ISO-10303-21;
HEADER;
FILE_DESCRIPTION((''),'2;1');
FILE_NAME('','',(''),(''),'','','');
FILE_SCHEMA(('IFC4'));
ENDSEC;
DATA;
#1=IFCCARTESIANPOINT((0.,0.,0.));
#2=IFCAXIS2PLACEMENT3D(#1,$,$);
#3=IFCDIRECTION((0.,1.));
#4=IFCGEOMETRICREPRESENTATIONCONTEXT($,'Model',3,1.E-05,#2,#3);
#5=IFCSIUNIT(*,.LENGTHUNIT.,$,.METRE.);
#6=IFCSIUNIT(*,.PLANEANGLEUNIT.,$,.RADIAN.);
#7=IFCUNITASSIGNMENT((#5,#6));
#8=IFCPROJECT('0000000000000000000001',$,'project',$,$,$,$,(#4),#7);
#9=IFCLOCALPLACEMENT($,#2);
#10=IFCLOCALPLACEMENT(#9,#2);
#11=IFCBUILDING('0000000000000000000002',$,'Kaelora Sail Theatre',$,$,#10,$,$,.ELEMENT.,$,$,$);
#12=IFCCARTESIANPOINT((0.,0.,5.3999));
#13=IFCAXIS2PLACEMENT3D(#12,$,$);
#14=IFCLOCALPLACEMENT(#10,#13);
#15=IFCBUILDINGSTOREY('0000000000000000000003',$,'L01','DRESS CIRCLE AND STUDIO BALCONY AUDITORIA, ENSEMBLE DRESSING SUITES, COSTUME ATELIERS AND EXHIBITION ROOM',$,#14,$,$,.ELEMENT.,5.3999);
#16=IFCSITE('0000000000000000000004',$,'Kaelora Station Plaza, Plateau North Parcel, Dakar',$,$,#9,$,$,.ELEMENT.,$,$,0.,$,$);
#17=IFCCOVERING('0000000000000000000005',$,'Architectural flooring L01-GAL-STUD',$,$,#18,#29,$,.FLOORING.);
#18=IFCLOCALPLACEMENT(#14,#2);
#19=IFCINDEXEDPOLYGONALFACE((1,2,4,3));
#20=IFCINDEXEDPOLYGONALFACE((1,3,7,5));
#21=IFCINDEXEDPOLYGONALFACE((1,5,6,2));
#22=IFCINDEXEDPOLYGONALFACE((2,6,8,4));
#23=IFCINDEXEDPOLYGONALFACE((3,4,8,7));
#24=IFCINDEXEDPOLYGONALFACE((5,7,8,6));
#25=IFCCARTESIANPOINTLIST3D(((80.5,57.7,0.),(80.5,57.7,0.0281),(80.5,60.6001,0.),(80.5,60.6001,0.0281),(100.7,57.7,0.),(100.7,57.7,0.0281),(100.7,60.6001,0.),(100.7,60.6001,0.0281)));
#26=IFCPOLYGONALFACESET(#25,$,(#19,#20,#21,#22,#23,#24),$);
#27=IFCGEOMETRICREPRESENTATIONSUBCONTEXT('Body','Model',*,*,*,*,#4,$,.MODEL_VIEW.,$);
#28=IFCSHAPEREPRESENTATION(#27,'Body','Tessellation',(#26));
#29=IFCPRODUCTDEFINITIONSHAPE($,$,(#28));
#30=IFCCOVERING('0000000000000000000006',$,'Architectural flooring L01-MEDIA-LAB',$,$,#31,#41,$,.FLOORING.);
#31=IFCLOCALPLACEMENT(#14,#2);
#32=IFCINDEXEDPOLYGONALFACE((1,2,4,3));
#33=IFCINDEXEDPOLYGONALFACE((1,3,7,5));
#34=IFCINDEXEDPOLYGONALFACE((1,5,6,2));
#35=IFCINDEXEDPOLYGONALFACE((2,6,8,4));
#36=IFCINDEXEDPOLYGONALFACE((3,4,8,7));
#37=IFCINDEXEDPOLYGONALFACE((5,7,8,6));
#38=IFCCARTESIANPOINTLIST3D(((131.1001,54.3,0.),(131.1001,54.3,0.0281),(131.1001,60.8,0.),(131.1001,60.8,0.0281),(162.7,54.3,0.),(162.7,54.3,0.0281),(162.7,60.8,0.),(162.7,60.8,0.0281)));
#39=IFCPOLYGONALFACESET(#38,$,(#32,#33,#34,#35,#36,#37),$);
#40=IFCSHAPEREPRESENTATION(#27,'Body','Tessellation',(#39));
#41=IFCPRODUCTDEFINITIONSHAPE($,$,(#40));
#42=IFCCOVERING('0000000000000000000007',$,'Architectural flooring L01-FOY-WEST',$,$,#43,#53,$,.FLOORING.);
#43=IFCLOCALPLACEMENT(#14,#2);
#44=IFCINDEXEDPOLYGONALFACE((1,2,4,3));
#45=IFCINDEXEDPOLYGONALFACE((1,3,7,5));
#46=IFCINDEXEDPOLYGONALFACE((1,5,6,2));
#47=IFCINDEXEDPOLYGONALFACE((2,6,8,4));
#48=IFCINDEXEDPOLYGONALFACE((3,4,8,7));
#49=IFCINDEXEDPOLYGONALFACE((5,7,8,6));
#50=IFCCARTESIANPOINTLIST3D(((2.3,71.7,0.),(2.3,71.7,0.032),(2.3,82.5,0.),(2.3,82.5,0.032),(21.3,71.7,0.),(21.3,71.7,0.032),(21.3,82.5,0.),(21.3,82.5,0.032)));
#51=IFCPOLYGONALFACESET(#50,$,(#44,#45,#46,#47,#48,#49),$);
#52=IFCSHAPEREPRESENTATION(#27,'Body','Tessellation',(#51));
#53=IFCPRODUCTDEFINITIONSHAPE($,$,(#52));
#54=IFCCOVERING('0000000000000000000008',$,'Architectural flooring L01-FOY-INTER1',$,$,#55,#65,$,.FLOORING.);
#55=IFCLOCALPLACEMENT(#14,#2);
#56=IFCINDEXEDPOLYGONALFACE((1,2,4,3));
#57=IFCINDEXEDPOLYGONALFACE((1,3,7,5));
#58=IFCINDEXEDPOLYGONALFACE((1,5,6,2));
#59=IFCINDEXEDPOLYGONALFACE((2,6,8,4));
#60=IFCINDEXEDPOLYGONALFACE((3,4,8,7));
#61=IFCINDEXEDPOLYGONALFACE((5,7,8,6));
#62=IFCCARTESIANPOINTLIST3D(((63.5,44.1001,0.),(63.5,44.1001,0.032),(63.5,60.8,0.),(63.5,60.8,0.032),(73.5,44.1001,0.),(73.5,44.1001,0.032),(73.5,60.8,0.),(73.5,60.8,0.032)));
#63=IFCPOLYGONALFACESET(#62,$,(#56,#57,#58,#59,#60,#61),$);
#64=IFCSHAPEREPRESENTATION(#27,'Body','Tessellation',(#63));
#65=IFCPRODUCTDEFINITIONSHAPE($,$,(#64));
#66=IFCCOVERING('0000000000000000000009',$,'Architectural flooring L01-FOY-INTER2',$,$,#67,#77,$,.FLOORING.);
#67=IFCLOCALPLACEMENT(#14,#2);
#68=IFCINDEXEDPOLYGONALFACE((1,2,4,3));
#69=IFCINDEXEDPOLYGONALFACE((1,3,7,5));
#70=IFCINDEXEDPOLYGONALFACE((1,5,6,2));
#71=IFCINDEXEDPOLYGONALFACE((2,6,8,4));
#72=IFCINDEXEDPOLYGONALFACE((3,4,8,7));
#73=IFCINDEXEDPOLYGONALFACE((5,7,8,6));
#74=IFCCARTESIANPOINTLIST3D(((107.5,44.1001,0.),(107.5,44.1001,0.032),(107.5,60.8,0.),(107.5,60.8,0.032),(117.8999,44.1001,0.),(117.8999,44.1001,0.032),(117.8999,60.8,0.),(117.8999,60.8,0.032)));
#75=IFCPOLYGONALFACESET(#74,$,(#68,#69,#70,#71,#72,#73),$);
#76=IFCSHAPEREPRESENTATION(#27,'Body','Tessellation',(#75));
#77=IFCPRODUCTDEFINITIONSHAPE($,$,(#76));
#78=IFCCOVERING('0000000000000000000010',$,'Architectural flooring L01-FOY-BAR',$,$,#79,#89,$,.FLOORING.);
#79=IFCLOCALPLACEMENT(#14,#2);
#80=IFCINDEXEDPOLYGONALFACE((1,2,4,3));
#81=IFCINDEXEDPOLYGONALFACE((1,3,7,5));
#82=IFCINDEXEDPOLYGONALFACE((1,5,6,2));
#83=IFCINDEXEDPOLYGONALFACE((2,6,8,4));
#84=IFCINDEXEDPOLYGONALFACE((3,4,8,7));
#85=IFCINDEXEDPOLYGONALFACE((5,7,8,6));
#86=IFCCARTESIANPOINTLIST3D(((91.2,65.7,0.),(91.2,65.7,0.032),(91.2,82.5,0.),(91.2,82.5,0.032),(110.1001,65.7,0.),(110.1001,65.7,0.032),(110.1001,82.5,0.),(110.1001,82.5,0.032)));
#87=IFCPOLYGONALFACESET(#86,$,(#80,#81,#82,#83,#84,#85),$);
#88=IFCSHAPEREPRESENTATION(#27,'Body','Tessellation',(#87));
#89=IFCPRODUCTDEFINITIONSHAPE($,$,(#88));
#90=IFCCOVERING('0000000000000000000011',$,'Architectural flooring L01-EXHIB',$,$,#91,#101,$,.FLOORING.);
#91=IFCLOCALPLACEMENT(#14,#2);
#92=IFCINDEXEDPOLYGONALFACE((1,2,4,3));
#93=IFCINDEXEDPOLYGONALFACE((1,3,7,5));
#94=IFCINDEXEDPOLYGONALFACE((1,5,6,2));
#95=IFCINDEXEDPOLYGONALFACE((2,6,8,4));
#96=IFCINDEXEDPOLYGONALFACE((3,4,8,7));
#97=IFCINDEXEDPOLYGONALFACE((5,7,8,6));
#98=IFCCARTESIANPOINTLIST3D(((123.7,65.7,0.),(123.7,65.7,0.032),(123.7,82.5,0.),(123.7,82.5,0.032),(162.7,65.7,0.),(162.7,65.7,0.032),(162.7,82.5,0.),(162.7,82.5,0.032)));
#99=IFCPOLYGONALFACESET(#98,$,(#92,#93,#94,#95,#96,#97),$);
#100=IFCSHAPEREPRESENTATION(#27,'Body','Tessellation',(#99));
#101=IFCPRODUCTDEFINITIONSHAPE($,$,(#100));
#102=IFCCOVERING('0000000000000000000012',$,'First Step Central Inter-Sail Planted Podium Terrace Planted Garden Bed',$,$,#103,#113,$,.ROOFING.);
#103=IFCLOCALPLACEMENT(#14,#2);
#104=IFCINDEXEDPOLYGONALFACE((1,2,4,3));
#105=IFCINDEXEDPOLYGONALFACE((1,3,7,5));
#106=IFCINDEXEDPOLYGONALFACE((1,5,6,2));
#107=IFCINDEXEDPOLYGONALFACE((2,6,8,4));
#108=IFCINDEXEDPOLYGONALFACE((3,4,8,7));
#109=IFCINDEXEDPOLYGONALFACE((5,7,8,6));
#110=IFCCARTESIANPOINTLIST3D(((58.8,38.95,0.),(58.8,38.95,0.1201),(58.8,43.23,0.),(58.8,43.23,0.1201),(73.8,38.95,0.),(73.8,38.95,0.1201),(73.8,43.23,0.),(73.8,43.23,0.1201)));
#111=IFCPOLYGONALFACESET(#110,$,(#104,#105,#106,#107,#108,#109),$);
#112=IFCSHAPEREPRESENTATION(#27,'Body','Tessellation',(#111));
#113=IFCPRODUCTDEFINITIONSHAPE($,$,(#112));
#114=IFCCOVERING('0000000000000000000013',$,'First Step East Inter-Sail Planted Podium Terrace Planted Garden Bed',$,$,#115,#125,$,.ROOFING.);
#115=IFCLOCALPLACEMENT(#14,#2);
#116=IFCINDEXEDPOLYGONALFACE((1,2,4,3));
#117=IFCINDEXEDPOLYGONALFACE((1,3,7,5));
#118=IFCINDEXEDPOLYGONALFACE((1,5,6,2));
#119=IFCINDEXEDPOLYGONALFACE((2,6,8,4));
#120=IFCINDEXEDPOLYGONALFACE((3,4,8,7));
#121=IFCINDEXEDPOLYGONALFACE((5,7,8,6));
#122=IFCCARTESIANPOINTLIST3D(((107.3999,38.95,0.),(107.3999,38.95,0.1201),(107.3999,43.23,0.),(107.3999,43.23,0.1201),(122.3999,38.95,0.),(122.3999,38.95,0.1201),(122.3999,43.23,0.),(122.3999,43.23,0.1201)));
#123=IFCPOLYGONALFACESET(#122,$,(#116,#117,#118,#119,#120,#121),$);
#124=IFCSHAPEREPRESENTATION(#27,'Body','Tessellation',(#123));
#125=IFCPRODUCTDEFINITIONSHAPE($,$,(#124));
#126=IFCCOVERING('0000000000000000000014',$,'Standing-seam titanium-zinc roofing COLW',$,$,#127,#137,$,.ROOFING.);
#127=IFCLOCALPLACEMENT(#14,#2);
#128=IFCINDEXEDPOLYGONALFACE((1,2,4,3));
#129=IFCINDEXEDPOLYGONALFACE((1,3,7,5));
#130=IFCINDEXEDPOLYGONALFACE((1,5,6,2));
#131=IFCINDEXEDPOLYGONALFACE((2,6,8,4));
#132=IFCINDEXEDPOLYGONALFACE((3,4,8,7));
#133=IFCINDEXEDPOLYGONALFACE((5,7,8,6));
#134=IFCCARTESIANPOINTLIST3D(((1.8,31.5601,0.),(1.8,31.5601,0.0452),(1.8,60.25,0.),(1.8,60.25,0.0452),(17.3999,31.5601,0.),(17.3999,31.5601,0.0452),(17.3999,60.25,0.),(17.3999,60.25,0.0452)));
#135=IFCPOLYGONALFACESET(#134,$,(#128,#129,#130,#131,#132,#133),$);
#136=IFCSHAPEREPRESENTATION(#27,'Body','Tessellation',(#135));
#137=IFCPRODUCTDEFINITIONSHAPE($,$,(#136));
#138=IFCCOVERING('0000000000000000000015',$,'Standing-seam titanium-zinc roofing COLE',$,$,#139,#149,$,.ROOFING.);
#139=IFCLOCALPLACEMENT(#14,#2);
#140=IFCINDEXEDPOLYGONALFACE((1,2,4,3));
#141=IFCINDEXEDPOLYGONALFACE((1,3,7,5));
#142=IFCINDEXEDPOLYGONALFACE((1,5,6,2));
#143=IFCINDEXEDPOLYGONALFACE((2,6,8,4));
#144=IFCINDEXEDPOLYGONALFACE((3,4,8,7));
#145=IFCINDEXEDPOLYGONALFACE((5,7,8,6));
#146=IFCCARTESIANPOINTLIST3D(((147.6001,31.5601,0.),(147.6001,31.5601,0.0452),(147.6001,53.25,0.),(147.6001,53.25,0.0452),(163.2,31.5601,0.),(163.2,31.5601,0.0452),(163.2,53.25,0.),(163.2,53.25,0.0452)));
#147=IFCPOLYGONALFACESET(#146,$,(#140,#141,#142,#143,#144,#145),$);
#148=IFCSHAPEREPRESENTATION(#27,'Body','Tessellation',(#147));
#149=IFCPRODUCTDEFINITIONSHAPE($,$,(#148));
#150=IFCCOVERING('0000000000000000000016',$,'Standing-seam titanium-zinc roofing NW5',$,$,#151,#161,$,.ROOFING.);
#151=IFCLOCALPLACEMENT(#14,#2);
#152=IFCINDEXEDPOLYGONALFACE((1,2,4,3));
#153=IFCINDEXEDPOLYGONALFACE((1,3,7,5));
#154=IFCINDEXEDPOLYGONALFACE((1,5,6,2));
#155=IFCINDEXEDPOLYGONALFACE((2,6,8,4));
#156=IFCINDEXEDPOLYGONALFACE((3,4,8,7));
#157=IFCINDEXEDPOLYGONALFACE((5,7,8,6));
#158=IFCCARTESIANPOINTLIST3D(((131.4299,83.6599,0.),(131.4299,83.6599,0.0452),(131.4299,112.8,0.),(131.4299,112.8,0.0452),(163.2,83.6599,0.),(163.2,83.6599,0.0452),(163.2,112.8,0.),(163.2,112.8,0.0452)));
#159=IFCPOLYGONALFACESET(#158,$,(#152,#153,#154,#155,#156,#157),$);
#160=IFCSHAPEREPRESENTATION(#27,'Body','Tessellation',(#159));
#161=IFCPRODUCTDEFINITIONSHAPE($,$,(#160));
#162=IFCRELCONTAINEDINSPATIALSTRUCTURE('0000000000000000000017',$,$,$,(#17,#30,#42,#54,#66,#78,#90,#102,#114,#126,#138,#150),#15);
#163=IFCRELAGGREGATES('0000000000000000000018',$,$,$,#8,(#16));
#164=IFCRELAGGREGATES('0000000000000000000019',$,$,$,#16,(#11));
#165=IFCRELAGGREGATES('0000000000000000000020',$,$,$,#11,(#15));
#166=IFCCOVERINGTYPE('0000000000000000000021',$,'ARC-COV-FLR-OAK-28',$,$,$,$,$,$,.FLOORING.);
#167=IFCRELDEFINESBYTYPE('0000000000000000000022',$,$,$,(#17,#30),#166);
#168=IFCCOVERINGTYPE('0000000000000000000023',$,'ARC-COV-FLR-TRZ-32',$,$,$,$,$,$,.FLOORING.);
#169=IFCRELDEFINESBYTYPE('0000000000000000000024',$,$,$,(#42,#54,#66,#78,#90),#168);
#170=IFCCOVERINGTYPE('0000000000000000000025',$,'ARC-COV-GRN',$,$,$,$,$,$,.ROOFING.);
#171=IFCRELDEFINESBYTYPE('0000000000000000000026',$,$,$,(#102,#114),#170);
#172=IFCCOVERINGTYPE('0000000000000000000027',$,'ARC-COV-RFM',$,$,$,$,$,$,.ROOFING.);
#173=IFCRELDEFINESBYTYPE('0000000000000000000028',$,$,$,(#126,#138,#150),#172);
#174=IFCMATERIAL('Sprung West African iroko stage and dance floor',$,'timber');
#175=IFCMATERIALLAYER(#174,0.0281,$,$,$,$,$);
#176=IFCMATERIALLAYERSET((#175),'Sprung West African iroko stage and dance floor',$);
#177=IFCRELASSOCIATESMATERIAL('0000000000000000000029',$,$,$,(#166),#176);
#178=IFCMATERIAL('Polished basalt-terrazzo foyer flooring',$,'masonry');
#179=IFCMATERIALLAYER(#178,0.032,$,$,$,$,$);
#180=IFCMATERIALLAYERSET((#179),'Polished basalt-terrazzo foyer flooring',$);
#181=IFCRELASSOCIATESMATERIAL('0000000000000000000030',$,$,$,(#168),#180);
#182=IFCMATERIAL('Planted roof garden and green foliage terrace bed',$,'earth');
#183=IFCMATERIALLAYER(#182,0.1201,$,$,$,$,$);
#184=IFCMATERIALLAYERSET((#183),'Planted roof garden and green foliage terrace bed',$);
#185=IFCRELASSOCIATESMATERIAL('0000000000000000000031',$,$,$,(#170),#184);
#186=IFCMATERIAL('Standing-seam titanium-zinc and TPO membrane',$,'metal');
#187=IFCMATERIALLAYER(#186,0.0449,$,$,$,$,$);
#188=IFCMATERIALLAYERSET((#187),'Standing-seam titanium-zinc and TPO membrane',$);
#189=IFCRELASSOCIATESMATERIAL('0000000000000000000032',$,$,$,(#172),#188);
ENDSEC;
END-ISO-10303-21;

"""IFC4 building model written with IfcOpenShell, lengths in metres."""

from ifc_helpers import new_model, si_unit, direction, frame, origin, place, context, subcontext, project, spatial, polyline, outline, extrude, material, layer, layer_set, type_object, element, save


model = new_model("IFC4")

# Units and contexts
model_context = context("Model", 3, precision=1e-05, world=origin(), true_north=direction((0.0, 1.0)))
body_context = subcontext(model_context, "Body", "Model", "MODEL_VIEW")
ifc_project = project(units=[si_unit("LENGTHUNIT", "METRE"), si_unit("PLANEANGLEUNIT", "RADIAN")], contexts=[model_context])

# Site, building, storey
site_placement = place(None, origin())
site = spatial("IfcSite", under=ifc_project, at=site_placement, Name="Kaelora Station Plaza, Plateau North Parcel, Dakar", CompositionType="ELEMENT", RefElevation=0.0)
building_placement = place(site_placement, origin())
building = spatial("IfcBuilding", under=site, at=building_placement, Name="Kaelora Sail Theatre", CompositionType="ELEMENT")
storey_placement = place(building_placement, frame((0.0, 0.0, 5.3999)))
storey = spatial("IfcBuildingStorey", under=building, at=storey_placement, Name="L01", Description="DRESS CIRCLE AND STUDIO BALCONY AUDITORIA, ENSEMBLE DRESSING SUITES, COSTUME ATELIERS AND EXHIBITION ROOM", CompositionType="ELEMENT", Elevation=5.3999)

# Coverings
ifc_material_1 = material(Name="Sprung West African iroko stage and dance floor", Category="timber")
ifc_layer_1 = layer(ifc_material_1, 0.0281)
ifc_layer_set_1 = layer_set([ifc_layer_1], Name="Sprung West African iroko stage and dance floor")
covering_type_1 = type_object("IfcCoveringType", Name="ARC-COV-FLR-OAK-28", PredefinedType="FLOORING", material=ifc_layer_set_1)
covering_1_placement = place(storey_placement, origin())
element("IfcCovering", 1, at=covering_1_placement, inside=storey, type_object=covering_type_1, Name="Architectural flooring L01-GAL-STUD", PredefinedType="FLOORING", context=body_context, shape_type="SweptSolid", body=[
    extrude(outline(polyline([(80.5, 57.7), (100.7, 57.7), (100.7, 60.6001), (80.5, 60.6001), (80.5, 57.7)])), origin(), (0.0, 0.0, 1.0), 0.0281),
])
covering_2_placement = place(storey_placement, origin())
element("IfcCovering", 2, at=covering_2_placement, inside=storey, type_object=covering_type_1, Name="Architectural flooring L01-MEDIA-LAB", PredefinedType="FLOORING", context=body_context, shape_type="SweptSolid", body=[
    extrude(outline(polyline([(131.1001, 54.3), (162.7, 54.3), (162.7, 60.8), (131.1001, 60.8), (131.1001, 54.3)])), origin(), (0.0, 0.0, 1.0), 0.0281),
])
ifc_material_2 = material(Name="Polished basalt-terrazzo foyer flooring", Category="masonry")
ifc_layer_2 = layer(ifc_material_2, 0.032)
ifc_layer_set_2 = layer_set([ifc_layer_2], Name="Polished basalt-terrazzo foyer flooring")
covering_type_2 = type_object("IfcCoveringType", Name="ARC-COV-FLR-TRZ-32", PredefinedType="FLOORING", material=ifc_layer_set_2)
covering_3_placement = place(storey_placement, origin())
element("IfcCovering", 3, at=covering_3_placement, inside=storey, type_object=covering_type_2, Name="Architectural flooring L01-FOY-WEST", PredefinedType="FLOORING", context=body_context, shape_type="SweptSolid", body=[
    extrude(outline(polyline([(2.3, 71.7), (21.3, 71.7), (21.3, 82.5), (2.3, 82.5), (2.3, 71.7)])), origin(), (0.0, 0.0, 1.0), 0.032),
])
covering_4_placement = place(storey_placement, origin())
element("IfcCovering", 4, at=covering_4_placement, inside=storey, type_object=covering_type_2, Name="Architectural flooring L01-FOY-INTER1", PredefinedType="FLOORING", context=body_context, shape_type="SweptSolid", body=[
    extrude(outline(polyline([(63.5, 44.1001), (73.5, 44.1001), (73.5, 60.8), (63.5, 60.8), (63.5, 44.1001)])), origin(), (0.0, 0.0, 1.0), 0.032),
])
covering_5_placement = place(storey_placement, origin())
element("IfcCovering", 5, at=covering_5_placement, inside=storey, type_object=covering_type_2, Name="Architectural flooring L01-FOY-INTER2", PredefinedType="FLOORING", context=body_context, shape_type="SweptSolid", body=[
    extrude(outline(polyline([(107.5, 44.1001), (117.8999, 44.1001), (117.8999, 60.8), (107.5, 60.8), (107.5, 44.1001)])), origin(), (0.0, 0.0, 1.0), 0.032),
])
covering_6_placement = place(storey_placement, origin())
element("IfcCovering", 6, at=covering_6_placement, inside=storey, type_object=covering_type_2, Name="Architectural flooring L01-FOY-BAR", PredefinedType="FLOORING", context=body_context, shape_type="SweptSolid", body=[
    extrude(outline(polyline([(91.2, 65.7), (110.1001, 65.7), (110.1001, 82.5), (91.2, 82.5), (91.2, 65.7)])), origin(), (0.0, 0.0, 1.0), 0.032),
])
covering_7_placement = place(storey_placement, origin())
element("IfcCovering", 7, at=covering_7_placement, inside=storey, type_object=covering_type_2, Name="Architectural flooring L01-EXHIB", PredefinedType="FLOORING", context=body_context, shape_type="SweptSolid", body=[
    extrude(outline(polyline([(123.7, 65.7), (162.7, 65.7), (162.7, 82.5), (123.7, 82.5), (123.7, 65.7)])), origin(), (0.0, 0.0, 1.0), 0.032),
])
ifc_material_3 = material(Name="Planted roof garden and green foliage terrace bed", Category="earth")
ifc_layer_3 = layer(ifc_material_3, 0.1201)
ifc_layer_set_3 = layer_set([ifc_layer_3], Name="Planted roof garden and green foliage terrace bed")
covering_type_3 = type_object("IfcCoveringType", Name="ARC-COV-GRN", PredefinedType="ROOFING", material=ifc_layer_set_3)
covering_8_placement = place(storey_placement, origin())
element("IfcCovering", 8, at=covering_8_placement, inside=storey, type_object=covering_type_3, Name="First Step Central Inter-Sail Planted Podium Terrace Planted Garden Bed", PredefinedType="ROOFING", context=body_context, shape_type="SweptSolid", body=[
    extrude(outline(polyline([(58.8, 38.95), (73.8, 38.95), (73.8, 43.23), (58.8, 43.23), (58.8, 38.95)])), origin(), (0.0, 0.0, 1.0), 0.1201),
])
covering_9_placement = place(storey_placement, origin())
element("IfcCovering", 9, at=covering_9_placement, inside=storey, type_object=covering_type_3, Name="First Step East Inter-Sail Planted Podium Terrace Planted Garden Bed", PredefinedType="ROOFING", context=body_context, shape_type="SweptSolid", body=[
    extrude(outline(polyline([(107.3999, 38.95), (122.3999, 38.95), (122.3999, 43.23), (107.3999, 43.23), (107.3999, 38.95)])), origin(), (0.0, 0.0, 1.0), 0.1201),
])
ifc_material_4 = material(Name="Standing-seam titanium-zinc and TPO membrane", Category="metal")
ifc_layer_4 = layer(ifc_material_4, 0.0449)
ifc_layer_set_4 = layer_set([ifc_layer_4], Name="Standing-seam titanium-zinc and TPO membrane")
covering_type_4 = type_object("IfcCoveringType", Name="ARC-COV-RFM", PredefinedType="ROOFING", material=ifc_layer_set_4)
covering_10_placement = place(storey_placement, origin())
element("IfcCovering", 10, at=covering_10_placement, inside=storey, type_object=covering_type_4, Name="Standing-seam titanium-zinc roofing COLW", PredefinedType="ROOFING", context=body_context, shape_type="SweptSolid", body=[
    extrude(outline(polyline([(1.8, 31.5601), (17.3999, 31.5601), (17.3999, 60.25), (1.8, 60.25), (1.8, 31.5601)])), origin(), (0.0, 0.0, 1.0), 0.0452),
])
covering_11_placement = place(storey_placement, origin())
element("IfcCovering", 11, at=covering_11_placement, inside=storey, type_object=covering_type_4, Name="Standing-seam titanium-zinc roofing COLE", PredefinedType="ROOFING", context=body_context, shape_type="SweptSolid", body=[
    extrude(outline(polyline([(147.6001, 31.5601), (163.2, 31.5601), (163.2, 53.25), (147.6001, 53.25), (147.6001, 31.5601)])), origin(), (0.0, 0.0, 1.0), 0.0452),
])
covering_12_placement = place(storey_placement, origin())
element("IfcCovering", 12, at=covering_12_placement, inside=storey, type_object=covering_type_4, Name="Standing-seam titanium-zinc roofing NW5", PredefinedType="ROOFING", context=body_context, shape_type="SweptSolid", body=[
    extrude(outline(polyline([(131.4299, 83.6599), (163.2, 83.6599), (163.2, 112.8), (131.4299, 112.8), (131.4299, 83.6599)])), origin(), (0.0, 0.0, 1.0), 0.0452),
])

save(model, "model.ifc")
